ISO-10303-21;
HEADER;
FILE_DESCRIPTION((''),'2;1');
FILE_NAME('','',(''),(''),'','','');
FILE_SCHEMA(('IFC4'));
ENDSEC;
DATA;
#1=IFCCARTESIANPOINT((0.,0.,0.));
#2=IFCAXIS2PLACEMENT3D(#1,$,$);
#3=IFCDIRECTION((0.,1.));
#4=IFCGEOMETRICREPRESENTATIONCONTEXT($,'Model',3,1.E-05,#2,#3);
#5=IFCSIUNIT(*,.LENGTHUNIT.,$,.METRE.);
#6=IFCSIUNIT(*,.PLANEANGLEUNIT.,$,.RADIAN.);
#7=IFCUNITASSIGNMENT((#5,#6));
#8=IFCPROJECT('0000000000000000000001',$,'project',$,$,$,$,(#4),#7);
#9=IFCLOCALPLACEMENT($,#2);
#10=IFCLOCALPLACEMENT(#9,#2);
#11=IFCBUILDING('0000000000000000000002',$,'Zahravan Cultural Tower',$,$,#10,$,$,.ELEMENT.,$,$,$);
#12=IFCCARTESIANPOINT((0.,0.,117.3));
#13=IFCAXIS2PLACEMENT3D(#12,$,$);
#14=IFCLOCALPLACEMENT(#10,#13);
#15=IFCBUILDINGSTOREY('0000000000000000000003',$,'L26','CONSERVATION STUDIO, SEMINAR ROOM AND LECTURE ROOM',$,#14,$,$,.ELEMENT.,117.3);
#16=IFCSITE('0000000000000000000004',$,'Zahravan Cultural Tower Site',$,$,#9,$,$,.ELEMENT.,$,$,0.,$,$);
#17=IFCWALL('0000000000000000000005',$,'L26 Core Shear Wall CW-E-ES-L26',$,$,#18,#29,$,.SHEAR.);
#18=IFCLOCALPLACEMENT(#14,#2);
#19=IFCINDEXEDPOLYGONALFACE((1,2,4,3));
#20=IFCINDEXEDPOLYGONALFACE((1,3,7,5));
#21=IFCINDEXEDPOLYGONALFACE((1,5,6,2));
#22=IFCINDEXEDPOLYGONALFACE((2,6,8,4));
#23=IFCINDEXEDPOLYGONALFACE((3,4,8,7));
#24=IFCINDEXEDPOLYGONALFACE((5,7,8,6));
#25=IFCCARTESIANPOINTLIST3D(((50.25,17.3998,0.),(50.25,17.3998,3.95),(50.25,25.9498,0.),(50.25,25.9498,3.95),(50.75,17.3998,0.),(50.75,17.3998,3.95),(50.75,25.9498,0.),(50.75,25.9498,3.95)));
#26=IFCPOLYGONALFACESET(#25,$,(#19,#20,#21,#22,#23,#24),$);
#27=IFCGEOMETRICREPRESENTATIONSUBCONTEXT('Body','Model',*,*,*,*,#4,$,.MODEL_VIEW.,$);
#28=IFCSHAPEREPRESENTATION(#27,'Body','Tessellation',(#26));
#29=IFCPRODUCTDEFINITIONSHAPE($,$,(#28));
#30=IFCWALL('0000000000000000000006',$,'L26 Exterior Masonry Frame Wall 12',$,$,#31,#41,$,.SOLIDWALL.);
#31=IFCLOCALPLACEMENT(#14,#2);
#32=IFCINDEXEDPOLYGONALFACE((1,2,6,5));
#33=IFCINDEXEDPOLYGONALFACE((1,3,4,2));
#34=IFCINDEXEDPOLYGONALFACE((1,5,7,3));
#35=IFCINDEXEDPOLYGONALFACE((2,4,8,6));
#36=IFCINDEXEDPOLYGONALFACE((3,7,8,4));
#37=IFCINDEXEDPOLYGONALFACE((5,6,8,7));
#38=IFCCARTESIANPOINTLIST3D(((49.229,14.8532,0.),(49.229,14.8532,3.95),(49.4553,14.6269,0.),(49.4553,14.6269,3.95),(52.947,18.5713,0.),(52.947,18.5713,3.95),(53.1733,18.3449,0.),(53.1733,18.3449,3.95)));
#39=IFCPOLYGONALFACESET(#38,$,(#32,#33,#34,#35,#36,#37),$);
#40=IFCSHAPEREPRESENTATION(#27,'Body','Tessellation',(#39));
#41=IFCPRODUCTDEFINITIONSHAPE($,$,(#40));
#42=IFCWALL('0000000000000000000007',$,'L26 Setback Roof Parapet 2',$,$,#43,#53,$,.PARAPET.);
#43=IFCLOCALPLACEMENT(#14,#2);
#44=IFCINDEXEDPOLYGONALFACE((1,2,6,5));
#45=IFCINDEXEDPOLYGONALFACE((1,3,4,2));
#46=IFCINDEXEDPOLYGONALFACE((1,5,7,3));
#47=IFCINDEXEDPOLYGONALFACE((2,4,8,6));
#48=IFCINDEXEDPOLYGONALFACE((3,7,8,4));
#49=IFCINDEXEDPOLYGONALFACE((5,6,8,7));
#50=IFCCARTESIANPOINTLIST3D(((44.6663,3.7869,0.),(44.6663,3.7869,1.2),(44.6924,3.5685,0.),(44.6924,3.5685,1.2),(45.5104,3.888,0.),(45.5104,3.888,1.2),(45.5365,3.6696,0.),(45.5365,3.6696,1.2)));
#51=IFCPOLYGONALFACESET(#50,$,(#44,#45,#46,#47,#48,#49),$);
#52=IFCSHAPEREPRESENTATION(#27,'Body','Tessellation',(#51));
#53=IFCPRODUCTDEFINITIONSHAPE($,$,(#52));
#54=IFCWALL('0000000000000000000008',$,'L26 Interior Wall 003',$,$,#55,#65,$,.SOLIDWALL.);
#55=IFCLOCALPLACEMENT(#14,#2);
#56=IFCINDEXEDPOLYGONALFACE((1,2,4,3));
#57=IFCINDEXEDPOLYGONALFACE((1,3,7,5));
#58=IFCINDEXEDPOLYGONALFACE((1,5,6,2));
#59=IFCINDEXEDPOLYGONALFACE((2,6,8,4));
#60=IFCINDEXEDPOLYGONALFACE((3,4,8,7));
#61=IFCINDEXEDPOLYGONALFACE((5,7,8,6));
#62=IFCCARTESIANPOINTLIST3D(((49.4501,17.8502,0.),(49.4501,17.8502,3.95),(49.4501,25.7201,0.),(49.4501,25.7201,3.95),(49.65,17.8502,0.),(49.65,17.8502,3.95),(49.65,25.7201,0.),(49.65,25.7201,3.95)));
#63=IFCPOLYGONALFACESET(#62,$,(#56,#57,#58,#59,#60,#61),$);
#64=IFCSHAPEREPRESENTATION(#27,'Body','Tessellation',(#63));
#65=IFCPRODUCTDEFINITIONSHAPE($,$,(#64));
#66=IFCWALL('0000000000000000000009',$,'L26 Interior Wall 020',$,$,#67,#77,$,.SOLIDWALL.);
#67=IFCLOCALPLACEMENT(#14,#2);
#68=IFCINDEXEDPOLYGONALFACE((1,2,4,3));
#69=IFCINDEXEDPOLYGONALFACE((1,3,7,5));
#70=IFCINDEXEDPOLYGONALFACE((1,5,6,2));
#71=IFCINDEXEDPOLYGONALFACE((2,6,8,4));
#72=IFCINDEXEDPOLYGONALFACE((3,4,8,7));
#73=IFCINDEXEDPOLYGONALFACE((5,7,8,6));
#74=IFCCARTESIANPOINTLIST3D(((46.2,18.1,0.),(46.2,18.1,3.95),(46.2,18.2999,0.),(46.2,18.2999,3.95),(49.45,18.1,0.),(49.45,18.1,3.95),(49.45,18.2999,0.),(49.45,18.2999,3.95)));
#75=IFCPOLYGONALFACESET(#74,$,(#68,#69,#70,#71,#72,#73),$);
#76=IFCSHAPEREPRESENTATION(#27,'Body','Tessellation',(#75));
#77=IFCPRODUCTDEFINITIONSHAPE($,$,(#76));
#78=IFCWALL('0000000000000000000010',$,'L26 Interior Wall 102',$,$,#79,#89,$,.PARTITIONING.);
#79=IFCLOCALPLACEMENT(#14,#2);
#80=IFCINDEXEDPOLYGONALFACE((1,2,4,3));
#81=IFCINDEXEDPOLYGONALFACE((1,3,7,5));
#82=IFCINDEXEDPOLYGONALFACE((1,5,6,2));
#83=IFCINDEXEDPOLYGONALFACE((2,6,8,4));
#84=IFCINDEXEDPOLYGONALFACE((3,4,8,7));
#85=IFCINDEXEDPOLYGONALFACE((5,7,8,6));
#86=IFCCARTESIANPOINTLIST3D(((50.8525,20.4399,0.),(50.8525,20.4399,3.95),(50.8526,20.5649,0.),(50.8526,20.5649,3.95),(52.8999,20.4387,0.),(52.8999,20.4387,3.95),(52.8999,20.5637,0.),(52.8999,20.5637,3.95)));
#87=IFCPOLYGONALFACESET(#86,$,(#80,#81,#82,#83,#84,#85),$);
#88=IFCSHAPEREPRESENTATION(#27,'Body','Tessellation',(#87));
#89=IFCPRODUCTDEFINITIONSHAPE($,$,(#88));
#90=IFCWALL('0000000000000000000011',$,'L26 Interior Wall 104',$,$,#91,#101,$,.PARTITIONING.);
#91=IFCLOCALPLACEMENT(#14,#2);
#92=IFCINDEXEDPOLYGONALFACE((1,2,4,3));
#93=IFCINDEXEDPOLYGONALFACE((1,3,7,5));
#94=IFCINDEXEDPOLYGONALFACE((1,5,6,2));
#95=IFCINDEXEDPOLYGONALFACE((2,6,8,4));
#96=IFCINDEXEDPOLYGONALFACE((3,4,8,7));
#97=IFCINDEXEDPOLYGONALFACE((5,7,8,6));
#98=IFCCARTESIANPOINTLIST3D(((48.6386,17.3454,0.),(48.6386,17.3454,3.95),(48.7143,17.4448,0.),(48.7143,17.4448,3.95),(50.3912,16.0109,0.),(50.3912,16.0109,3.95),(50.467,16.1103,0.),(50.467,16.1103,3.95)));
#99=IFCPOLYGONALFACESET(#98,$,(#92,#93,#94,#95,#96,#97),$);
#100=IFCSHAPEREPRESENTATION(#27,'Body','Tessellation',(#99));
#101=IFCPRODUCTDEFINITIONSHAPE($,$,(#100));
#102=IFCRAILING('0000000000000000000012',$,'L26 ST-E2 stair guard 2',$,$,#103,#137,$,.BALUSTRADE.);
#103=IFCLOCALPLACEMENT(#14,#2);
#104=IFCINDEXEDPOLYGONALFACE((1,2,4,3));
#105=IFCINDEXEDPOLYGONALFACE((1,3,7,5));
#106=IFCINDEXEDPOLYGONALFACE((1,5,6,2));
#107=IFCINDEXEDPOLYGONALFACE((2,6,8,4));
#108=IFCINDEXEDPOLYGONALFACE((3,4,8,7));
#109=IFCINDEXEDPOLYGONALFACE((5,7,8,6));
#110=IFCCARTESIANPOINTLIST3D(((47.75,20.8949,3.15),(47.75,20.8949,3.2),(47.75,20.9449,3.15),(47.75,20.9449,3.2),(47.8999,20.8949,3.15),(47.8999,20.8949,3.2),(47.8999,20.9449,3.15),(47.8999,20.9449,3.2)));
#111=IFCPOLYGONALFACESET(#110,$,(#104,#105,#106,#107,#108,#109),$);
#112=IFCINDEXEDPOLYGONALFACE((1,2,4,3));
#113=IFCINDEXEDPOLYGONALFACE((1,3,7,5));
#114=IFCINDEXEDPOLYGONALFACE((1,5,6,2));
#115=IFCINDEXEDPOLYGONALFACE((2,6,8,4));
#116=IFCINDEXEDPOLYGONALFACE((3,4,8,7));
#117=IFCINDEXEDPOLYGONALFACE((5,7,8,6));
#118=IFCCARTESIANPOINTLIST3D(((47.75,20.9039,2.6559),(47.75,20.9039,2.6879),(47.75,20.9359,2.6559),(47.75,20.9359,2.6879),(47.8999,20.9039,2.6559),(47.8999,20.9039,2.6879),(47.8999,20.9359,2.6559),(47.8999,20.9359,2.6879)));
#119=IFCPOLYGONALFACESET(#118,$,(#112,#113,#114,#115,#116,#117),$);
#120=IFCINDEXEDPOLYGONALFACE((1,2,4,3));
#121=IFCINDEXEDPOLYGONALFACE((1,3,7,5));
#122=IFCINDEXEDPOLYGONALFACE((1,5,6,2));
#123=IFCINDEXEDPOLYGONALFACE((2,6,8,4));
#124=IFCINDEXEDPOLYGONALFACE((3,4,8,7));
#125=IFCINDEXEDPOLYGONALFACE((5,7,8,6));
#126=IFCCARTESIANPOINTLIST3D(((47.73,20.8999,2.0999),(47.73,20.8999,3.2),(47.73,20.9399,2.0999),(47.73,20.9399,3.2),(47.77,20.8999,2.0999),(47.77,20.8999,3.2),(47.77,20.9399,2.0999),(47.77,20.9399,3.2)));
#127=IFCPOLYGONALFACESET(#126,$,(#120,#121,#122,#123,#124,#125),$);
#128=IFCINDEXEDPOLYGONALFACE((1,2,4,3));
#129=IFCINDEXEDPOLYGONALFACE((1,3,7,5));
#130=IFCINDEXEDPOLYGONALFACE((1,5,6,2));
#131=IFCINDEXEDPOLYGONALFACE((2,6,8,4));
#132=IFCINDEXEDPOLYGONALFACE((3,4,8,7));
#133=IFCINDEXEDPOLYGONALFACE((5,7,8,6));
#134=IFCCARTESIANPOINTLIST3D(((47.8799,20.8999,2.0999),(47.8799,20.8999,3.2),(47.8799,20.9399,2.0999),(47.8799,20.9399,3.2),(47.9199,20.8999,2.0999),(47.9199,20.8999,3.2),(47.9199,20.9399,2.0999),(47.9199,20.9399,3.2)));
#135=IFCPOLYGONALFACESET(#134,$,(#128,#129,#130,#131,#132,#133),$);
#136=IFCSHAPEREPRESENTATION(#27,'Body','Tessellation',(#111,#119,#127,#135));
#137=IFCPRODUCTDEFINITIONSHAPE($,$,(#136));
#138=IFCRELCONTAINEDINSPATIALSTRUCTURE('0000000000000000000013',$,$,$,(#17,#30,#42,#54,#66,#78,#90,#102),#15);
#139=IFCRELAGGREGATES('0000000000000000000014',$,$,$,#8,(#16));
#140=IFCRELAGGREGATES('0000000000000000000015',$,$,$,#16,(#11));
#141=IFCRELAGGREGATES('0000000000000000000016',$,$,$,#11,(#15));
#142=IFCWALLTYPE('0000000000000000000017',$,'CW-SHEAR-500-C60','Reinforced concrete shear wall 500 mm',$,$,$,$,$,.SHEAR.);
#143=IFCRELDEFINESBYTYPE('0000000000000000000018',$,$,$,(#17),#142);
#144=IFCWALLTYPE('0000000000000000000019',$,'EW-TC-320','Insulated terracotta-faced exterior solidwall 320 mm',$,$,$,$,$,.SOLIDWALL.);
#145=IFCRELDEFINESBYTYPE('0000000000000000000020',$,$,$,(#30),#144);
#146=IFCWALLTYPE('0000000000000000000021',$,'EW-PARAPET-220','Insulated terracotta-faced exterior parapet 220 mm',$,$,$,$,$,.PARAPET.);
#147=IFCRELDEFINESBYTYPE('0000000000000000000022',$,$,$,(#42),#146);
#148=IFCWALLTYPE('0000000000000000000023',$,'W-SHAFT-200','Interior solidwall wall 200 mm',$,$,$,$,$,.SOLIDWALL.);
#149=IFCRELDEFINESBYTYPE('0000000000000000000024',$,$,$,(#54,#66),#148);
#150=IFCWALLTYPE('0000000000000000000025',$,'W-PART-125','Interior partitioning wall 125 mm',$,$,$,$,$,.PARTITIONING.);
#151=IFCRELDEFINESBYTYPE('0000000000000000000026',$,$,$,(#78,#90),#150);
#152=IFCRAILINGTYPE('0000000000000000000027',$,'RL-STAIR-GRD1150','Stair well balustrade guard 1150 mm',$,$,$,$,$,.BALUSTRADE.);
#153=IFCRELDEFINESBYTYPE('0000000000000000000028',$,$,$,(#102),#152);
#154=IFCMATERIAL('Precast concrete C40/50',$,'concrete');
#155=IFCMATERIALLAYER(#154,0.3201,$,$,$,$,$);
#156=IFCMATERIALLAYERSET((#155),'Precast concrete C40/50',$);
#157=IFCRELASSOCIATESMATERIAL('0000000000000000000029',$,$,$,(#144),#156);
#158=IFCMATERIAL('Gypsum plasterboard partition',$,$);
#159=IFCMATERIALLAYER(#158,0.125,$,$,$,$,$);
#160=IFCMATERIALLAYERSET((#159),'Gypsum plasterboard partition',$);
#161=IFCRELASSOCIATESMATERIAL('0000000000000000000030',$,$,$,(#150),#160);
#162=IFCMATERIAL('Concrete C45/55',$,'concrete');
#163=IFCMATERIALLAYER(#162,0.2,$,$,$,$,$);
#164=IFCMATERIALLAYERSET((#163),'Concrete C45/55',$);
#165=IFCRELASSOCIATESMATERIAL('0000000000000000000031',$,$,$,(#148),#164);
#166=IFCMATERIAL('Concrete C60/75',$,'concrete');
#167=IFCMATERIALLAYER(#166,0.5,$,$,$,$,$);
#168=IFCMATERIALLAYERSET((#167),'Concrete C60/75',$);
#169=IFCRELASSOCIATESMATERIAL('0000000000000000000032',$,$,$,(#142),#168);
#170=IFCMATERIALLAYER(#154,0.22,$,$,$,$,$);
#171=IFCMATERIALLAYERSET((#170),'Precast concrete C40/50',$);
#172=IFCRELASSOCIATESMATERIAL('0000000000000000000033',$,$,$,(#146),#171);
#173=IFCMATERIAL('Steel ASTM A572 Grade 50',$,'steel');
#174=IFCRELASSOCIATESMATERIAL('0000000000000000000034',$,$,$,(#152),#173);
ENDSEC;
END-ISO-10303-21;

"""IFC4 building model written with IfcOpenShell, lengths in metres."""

from ifc_helpers import new_model, si_unit, direction, frame, frame_2d, origin, origin_2d, place, context, subcontext, project, spatial, rectangle, extrude, source, transform, mapped, material, layer, layer_set, type_object, element, save


model = new_model("IFC4")

# Units and contexts
model_context = context("Model", 3, precision=1e-05, world=origin(), true_north=direction((0.0, 1.0)))
body_context = subcontext(model_context, "Body", "Model", "MODEL_VIEW")
ifc_project = project(units=[si_unit("LENGTHUNIT", "METRE"), si_unit("PLANEANGLEUNIT", "RADIAN")], contexts=[model_context])

# Site, building, storey
site_placement = place(None, origin())
site = spatial("IfcSite", under=ifc_project, at=site_placement, Name="Zahravan Cultural Tower Site", CompositionType="ELEMENT", RefElevation=0.0)
building_placement = place(site_placement, origin())
building = spatial("IfcBuilding", under=site, at=building_placement, Name="Zahravan Cultural Tower", CompositionType="ELEMENT")
storey_placement = place(building_placement, frame((0.0, 0.0, 117.3)))
storey = spatial("IfcBuildingStorey", under=building, at=storey_placement, Name="L26", Description="CONSERVATION STUDIO, SEMINAR ROOM AND LECTURE ROOM", CompositionType="ELEMENT", Elevation=117.3)

# Shared definitions
ifc_material_1 = material(Name="Concrete C60/75", Category="concrete")

# Shared definitions
ifc_material_2 = material(Name="Precast concrete C40/50", Category="concrete")
ifc_layer_1 = layer(ifc_material_2, 0.3201)
ifc_layer_set_1 = layer_set([ifc_layer_1], Name="Precast concrete C40/50")
wall_type_1 = type_object("IfcWallType", Name="EW-TC-320", Description="Insulated terracotta-faced exterior solidwall 320 mm", PredefinedType="SOLIDWALL", material=ifc_layer_set_1)

# Shared definitions
ifc_material_3 = material(Name="Gypsum plasterboard partition")
ifc_layer_2 = layer(ifc_material_3, 0.125)
ifc_layer_set_2 = layer_set([ifc_layer_2], Name="Gypsum plasterboard partition")
wall_type_2 = type_object("IfcWallType", Name="W-PART-125", Description="Interior partitioning wall 125 mm", PredefinedType="PARTITIONING", material=ifc_layer_set_2)
ifc_material_4 = material(Name="Concrete C45/55", Category="concrete")
ifc_layer_3 = layer(ifc_material_4, 0.2)
ifc_layer_set_3 = layer_set([ifc_layer_3], Name="Concrete C45/55")
wall_type_3 = type_object("IfcWallType", Name="W-SHAFT-200", Description="Interior solidwall wall 200 mm", PredefinedType="SOLIDWALL", material=ifc_layer_set_3)
ifc_material_5 = material(Name="Steel ASTM A572 Grade 50", Category="steel")

# Walls
ifc_layer_4 = layer(ifc_material_1, 0.5)
ifc_layer_set_4 = layer_set([ifc_layer_4], Name="Concrete C60/75")
wall_type_4 = type_object("IfcWallType", Name="CW-SHEAR-500-C60", Description="Reinforced concrete shear wall 500 mm", PredefinedType="SHEAR", material=ifc_layer_set_4)
shared_shape_1 = source(origin(), body_context, "Body", "SweptSolid", [
    extrude(rectangle(XDim=8.55, YDim=0.5, at=frame_2d((4.2749, 0.0))), origin(), (0.0, 0.0, 1.0), 3.95),
])
wall_1_placement = place(storey_placement, frame((50.5, 17.3999, 0.0), z_axis=(0.0, 0.0, 1.0), x_axis=(0.0, 1.0, 0.0)))
element("IfcWall", 1, at=wall_1_placement, inside=storey, type_object=wall_type_4, Name="L26 Core Shear Wall CW-E-ES-L26", PredefinedType="SHEAR", context=body_context, shape_type="MappedRepresentation", body=[
    mapped(shared_shape_1, transform((0.0, 0.0, 0.0), x_axis=(1.0, 0.0, 0.0), y_axis=(0.0, 1.0, 0.0), z_axis=(0.0, 0.0, 1.0), scale=1.0)),
])
shared_shape_2 = source(origin(), body_context, "Body", "SweptSolid", [
    extrude(rectangle(XDim=5.2581, YDim=0.3201, at=frame_2d((2.6289, 0.0))), origin(), (0.0, 0.0, 1.0), 3.95),
])
wall_2_placement = place(storey_placement, frame((53.0601, 18.458, 0.0), z_axis=(0.0, 0.0, 1.0), x_axis=(-0.707107, -0.707107, 0.0)))
element("IfcWall", 2, at=wall_2_placement, inside=storey, type_object=wall_type_1, Name="L26 Exterior Masonry Frame Wall 12", PredefinedType="SOLIDWALL", context=body_context, shape_type="MappedRepresentation", body=[
    mapped(shared_shape_2, transform((0.0, 0.0, 0.0), x_axis=(1.0, 0.0, 0.0), y_axis=(0.0, 1.0, 0.0), z_axis=(0.0, 0.0, 1.0), scale=1.0)),
])
ifc_layer_5 = layer(ifc_material_2, 0.22)
ifc_layer_set_5 = layer_set([ifc_layer_5], Name="Precast concrete C40/50")
wall_type_5 = type_object("IfcWallType", Name="EW-PARAPET-220", Description="Insulated terracotta-faced exterior parapet 220 mm", PredefinedType="PARAPET", material=ifc_layer_set_5)
shared_shape_3 = source(origin(), body_context, "Body", "SweptSolid", [
    extrude(rectangle(XDim=0.8501, YDim=0.22, at=frame_2d((0.425, 0.0))), origin(), (0.0, 0.0, 1.0), 1.2),
])
wall_3_placement = place(storey_placement, frame((45.5234, 3.7788, 0.0), z_axis=(0.0, 0.0, 1.0), x_axis=(-0.992905, -0.118907, 0.0)))
element("IfcWall", 3, at=wall_3_placement, inside=storey, type_object=wall_type_5, Name="L26 Setback Roof Parapet 2", PredefinedType="PARAPET", context=body_context, shape_type="MappedRepresentation", body=[
    mapped(shared_shape_3, transform((0.0, 0.0, 0.0), x_axis=(1.0, 0.0, 0.0), y_axis=(0.0, 1.0, 0.0), z_axis=(0.0, 0.0, 1.0), scale=1.0)),
])
shared_shape_4 = source(origin(), body_context, "Body", "SweptSolid", [
    extrude(rectangle(XDim=7.8699, YDim=0.2, at=frame_2d((3.9351, 0.0))), origin(), (0.0, 0.0, 1.0), 3.95),
])
wall_4_placement = place(storey_placement, frame((49.55, 17.8501, 0.0), z_axis=(0.0, 0.0, 1.0), x_axis=(0.0, 1.0, 0.0)))
element("IfcWall", 4, at=wall_4_placement, inside=storey, type_object=wall_type_3, Name="L26 Interior Wall 003", PredefinedType="SOLIDWALL", context=body_context, shape_type="MappedRepresentation", body=[
    mapped(shared_shape_4, transform((0.0, 0.0, 0.0), x_axis=(1.0, 0.0, 0.0), y_axis=(0.0, 1.0, 0.0), z_axis=(0.0, 0.0, 1.0), scale=1.0)),
])
shared_shape_5 = source(origin(), body_context, "Body", "SweptSolid", [
    extrude(rectangle(XDim=3.25, YDim=0.2, at=frame_2d((1.625, 0.0))), origin(), (0.0, 0.0, 1.0), 3.95),
])
wall_5_placement = place(storey_placement, frame((46.2, 18.2, 0.0), z_axis=(0.0, 0.0, 1.0), x_axis=(1.0, 0.0, 0.0)))
element("IfcWall", 5, at=wall_5_placement, inside=storey, type_object=wall_type_3, Name="L26 Interior Wall 020", PredefinedType="SOLIDWALL", context=body_context, shape_type="MappedRepresentation", body=[
    mapped(shared_shape_5, transform((0.0, 0.0, 0.0), x_axis=(1.0, 0.0, 0.0), y_axis=(0.0, 1.0, 0.0), z_axis=(0.0, 0.0, 1.0), scale=1.0)),
])
shared_shape_6 = source(origin(), body_context, "Body", "SweptSolid", [
    extrude(rectangle(XDim=2.0474, YDim=0.125, at=frame_2d((1.0237, 0.0))), origin(), (0.0, 0.0, 1.0), 3.95),
])
wall_6_placement = place(storey_placement, frame((50.8525, 20.5024, 0.0), z_axis=(0.0, 0.0, 1.0), x_axis=(1.0, -0.000596, 0.0)))
element("IfcWall", 6, at=wall_6_placement, inside=storey, type_object=wall_type_2, Name="L26 Interior Wall 102", PredefinedType="PARTITIONING", context=body_context, shape_type="MappedRepresentation", body=[
    mapped(shared_shape_6, transform((0.0, 0.0, 0.0), x_axis=(1.0, 0.0, 0.0), y_axis=(0.0, 1.0, 0.0), z_axis=(0.0, 0.0, 1.0), scale=1.0)),
])
shared_shape_7 = source(origin(), body_context, "Body", "SweptSolid", [
    extrude(rectangle(XDim=2.2029, YDim=0.125, at=frame_2d((1.1016, 0.0))), origin(), (0.0, 0.0, 1.0), 3.95),
])
wall_7_placement = place(storey_placement, frame((50.4292, 16.0605, 0.0), z_axis=(0.0, 0.0, 1.0), x_axis=(-0.79563, 0.605783, 0.0)))
element("IfcWall", 7, at=wall_7_placement, inside=storey, type_object=wall_type_2, Name="L26 Interior Wall 104", PredefinedType="PARTITIONING", context=body_context, shape_type="MappedRepresentation", body=[
    mapped(shared_shape_7, transform((0.0, 0.0, 0.0), x_axis=(1.0, 0.0, 0.0), y_axis=(0.0, 1.0, 0.0), z_axis=(0.0, 0.0, 1.0), scale=1.0)),
])

# Railing
railing_type = type_object("IfcRailingType", Name="RL-STAIR-GRD1150", Description="Stair well balustrade guard 1150 mm", PredefinedType="BALUSTRADE", material=ifc_material_5)
railing_1_placement = place(storey_placement, frame((47.75, 20.9199, 2.0999)))
element("IfcRailing", 8, at=railing_1_placement, inside=storey, type_object=railing_type, Name="L26 ST-E2 stair guard 2", PredefinedType="BALUSTRADE", context=body_context, shape_type="SweptSolid", body=[
    extrude(rectangle(XDim=0.05, YDim=0.05, at=origin_2d()), frame((0.0, 0.0, 1.0752), z_axis=(1.0, 0.0, 0.0), x_axis=(0.0, 1.0, 0.0)), (0.0, 0.0, 1.0), 0.1499),
    extrude(rectangle(XDim=0.032, YDim=0.032, at=origin_2d()), frame((0.0, 0.0, 0.572), z_axis=(1.0, 0.0, 0.0), x_axis=(0.0, 1.0, 0.0)), (0.0, 0.0, 1.0), 0.1499),
    extrude(rectangle(XDim=0.04, YDim=0.04, at=origin_2d()), origin(), (0.0, 0.0, 1.0), 1.1001),
    extrude(rectangle(XDim=0.04, YDim=0.04, at=origin_2d()), frame((0.1499, 0.0, 0.0)), (0.0, 0.0, 1.0), 1.1001),
])

save(model, "model.ifc")
